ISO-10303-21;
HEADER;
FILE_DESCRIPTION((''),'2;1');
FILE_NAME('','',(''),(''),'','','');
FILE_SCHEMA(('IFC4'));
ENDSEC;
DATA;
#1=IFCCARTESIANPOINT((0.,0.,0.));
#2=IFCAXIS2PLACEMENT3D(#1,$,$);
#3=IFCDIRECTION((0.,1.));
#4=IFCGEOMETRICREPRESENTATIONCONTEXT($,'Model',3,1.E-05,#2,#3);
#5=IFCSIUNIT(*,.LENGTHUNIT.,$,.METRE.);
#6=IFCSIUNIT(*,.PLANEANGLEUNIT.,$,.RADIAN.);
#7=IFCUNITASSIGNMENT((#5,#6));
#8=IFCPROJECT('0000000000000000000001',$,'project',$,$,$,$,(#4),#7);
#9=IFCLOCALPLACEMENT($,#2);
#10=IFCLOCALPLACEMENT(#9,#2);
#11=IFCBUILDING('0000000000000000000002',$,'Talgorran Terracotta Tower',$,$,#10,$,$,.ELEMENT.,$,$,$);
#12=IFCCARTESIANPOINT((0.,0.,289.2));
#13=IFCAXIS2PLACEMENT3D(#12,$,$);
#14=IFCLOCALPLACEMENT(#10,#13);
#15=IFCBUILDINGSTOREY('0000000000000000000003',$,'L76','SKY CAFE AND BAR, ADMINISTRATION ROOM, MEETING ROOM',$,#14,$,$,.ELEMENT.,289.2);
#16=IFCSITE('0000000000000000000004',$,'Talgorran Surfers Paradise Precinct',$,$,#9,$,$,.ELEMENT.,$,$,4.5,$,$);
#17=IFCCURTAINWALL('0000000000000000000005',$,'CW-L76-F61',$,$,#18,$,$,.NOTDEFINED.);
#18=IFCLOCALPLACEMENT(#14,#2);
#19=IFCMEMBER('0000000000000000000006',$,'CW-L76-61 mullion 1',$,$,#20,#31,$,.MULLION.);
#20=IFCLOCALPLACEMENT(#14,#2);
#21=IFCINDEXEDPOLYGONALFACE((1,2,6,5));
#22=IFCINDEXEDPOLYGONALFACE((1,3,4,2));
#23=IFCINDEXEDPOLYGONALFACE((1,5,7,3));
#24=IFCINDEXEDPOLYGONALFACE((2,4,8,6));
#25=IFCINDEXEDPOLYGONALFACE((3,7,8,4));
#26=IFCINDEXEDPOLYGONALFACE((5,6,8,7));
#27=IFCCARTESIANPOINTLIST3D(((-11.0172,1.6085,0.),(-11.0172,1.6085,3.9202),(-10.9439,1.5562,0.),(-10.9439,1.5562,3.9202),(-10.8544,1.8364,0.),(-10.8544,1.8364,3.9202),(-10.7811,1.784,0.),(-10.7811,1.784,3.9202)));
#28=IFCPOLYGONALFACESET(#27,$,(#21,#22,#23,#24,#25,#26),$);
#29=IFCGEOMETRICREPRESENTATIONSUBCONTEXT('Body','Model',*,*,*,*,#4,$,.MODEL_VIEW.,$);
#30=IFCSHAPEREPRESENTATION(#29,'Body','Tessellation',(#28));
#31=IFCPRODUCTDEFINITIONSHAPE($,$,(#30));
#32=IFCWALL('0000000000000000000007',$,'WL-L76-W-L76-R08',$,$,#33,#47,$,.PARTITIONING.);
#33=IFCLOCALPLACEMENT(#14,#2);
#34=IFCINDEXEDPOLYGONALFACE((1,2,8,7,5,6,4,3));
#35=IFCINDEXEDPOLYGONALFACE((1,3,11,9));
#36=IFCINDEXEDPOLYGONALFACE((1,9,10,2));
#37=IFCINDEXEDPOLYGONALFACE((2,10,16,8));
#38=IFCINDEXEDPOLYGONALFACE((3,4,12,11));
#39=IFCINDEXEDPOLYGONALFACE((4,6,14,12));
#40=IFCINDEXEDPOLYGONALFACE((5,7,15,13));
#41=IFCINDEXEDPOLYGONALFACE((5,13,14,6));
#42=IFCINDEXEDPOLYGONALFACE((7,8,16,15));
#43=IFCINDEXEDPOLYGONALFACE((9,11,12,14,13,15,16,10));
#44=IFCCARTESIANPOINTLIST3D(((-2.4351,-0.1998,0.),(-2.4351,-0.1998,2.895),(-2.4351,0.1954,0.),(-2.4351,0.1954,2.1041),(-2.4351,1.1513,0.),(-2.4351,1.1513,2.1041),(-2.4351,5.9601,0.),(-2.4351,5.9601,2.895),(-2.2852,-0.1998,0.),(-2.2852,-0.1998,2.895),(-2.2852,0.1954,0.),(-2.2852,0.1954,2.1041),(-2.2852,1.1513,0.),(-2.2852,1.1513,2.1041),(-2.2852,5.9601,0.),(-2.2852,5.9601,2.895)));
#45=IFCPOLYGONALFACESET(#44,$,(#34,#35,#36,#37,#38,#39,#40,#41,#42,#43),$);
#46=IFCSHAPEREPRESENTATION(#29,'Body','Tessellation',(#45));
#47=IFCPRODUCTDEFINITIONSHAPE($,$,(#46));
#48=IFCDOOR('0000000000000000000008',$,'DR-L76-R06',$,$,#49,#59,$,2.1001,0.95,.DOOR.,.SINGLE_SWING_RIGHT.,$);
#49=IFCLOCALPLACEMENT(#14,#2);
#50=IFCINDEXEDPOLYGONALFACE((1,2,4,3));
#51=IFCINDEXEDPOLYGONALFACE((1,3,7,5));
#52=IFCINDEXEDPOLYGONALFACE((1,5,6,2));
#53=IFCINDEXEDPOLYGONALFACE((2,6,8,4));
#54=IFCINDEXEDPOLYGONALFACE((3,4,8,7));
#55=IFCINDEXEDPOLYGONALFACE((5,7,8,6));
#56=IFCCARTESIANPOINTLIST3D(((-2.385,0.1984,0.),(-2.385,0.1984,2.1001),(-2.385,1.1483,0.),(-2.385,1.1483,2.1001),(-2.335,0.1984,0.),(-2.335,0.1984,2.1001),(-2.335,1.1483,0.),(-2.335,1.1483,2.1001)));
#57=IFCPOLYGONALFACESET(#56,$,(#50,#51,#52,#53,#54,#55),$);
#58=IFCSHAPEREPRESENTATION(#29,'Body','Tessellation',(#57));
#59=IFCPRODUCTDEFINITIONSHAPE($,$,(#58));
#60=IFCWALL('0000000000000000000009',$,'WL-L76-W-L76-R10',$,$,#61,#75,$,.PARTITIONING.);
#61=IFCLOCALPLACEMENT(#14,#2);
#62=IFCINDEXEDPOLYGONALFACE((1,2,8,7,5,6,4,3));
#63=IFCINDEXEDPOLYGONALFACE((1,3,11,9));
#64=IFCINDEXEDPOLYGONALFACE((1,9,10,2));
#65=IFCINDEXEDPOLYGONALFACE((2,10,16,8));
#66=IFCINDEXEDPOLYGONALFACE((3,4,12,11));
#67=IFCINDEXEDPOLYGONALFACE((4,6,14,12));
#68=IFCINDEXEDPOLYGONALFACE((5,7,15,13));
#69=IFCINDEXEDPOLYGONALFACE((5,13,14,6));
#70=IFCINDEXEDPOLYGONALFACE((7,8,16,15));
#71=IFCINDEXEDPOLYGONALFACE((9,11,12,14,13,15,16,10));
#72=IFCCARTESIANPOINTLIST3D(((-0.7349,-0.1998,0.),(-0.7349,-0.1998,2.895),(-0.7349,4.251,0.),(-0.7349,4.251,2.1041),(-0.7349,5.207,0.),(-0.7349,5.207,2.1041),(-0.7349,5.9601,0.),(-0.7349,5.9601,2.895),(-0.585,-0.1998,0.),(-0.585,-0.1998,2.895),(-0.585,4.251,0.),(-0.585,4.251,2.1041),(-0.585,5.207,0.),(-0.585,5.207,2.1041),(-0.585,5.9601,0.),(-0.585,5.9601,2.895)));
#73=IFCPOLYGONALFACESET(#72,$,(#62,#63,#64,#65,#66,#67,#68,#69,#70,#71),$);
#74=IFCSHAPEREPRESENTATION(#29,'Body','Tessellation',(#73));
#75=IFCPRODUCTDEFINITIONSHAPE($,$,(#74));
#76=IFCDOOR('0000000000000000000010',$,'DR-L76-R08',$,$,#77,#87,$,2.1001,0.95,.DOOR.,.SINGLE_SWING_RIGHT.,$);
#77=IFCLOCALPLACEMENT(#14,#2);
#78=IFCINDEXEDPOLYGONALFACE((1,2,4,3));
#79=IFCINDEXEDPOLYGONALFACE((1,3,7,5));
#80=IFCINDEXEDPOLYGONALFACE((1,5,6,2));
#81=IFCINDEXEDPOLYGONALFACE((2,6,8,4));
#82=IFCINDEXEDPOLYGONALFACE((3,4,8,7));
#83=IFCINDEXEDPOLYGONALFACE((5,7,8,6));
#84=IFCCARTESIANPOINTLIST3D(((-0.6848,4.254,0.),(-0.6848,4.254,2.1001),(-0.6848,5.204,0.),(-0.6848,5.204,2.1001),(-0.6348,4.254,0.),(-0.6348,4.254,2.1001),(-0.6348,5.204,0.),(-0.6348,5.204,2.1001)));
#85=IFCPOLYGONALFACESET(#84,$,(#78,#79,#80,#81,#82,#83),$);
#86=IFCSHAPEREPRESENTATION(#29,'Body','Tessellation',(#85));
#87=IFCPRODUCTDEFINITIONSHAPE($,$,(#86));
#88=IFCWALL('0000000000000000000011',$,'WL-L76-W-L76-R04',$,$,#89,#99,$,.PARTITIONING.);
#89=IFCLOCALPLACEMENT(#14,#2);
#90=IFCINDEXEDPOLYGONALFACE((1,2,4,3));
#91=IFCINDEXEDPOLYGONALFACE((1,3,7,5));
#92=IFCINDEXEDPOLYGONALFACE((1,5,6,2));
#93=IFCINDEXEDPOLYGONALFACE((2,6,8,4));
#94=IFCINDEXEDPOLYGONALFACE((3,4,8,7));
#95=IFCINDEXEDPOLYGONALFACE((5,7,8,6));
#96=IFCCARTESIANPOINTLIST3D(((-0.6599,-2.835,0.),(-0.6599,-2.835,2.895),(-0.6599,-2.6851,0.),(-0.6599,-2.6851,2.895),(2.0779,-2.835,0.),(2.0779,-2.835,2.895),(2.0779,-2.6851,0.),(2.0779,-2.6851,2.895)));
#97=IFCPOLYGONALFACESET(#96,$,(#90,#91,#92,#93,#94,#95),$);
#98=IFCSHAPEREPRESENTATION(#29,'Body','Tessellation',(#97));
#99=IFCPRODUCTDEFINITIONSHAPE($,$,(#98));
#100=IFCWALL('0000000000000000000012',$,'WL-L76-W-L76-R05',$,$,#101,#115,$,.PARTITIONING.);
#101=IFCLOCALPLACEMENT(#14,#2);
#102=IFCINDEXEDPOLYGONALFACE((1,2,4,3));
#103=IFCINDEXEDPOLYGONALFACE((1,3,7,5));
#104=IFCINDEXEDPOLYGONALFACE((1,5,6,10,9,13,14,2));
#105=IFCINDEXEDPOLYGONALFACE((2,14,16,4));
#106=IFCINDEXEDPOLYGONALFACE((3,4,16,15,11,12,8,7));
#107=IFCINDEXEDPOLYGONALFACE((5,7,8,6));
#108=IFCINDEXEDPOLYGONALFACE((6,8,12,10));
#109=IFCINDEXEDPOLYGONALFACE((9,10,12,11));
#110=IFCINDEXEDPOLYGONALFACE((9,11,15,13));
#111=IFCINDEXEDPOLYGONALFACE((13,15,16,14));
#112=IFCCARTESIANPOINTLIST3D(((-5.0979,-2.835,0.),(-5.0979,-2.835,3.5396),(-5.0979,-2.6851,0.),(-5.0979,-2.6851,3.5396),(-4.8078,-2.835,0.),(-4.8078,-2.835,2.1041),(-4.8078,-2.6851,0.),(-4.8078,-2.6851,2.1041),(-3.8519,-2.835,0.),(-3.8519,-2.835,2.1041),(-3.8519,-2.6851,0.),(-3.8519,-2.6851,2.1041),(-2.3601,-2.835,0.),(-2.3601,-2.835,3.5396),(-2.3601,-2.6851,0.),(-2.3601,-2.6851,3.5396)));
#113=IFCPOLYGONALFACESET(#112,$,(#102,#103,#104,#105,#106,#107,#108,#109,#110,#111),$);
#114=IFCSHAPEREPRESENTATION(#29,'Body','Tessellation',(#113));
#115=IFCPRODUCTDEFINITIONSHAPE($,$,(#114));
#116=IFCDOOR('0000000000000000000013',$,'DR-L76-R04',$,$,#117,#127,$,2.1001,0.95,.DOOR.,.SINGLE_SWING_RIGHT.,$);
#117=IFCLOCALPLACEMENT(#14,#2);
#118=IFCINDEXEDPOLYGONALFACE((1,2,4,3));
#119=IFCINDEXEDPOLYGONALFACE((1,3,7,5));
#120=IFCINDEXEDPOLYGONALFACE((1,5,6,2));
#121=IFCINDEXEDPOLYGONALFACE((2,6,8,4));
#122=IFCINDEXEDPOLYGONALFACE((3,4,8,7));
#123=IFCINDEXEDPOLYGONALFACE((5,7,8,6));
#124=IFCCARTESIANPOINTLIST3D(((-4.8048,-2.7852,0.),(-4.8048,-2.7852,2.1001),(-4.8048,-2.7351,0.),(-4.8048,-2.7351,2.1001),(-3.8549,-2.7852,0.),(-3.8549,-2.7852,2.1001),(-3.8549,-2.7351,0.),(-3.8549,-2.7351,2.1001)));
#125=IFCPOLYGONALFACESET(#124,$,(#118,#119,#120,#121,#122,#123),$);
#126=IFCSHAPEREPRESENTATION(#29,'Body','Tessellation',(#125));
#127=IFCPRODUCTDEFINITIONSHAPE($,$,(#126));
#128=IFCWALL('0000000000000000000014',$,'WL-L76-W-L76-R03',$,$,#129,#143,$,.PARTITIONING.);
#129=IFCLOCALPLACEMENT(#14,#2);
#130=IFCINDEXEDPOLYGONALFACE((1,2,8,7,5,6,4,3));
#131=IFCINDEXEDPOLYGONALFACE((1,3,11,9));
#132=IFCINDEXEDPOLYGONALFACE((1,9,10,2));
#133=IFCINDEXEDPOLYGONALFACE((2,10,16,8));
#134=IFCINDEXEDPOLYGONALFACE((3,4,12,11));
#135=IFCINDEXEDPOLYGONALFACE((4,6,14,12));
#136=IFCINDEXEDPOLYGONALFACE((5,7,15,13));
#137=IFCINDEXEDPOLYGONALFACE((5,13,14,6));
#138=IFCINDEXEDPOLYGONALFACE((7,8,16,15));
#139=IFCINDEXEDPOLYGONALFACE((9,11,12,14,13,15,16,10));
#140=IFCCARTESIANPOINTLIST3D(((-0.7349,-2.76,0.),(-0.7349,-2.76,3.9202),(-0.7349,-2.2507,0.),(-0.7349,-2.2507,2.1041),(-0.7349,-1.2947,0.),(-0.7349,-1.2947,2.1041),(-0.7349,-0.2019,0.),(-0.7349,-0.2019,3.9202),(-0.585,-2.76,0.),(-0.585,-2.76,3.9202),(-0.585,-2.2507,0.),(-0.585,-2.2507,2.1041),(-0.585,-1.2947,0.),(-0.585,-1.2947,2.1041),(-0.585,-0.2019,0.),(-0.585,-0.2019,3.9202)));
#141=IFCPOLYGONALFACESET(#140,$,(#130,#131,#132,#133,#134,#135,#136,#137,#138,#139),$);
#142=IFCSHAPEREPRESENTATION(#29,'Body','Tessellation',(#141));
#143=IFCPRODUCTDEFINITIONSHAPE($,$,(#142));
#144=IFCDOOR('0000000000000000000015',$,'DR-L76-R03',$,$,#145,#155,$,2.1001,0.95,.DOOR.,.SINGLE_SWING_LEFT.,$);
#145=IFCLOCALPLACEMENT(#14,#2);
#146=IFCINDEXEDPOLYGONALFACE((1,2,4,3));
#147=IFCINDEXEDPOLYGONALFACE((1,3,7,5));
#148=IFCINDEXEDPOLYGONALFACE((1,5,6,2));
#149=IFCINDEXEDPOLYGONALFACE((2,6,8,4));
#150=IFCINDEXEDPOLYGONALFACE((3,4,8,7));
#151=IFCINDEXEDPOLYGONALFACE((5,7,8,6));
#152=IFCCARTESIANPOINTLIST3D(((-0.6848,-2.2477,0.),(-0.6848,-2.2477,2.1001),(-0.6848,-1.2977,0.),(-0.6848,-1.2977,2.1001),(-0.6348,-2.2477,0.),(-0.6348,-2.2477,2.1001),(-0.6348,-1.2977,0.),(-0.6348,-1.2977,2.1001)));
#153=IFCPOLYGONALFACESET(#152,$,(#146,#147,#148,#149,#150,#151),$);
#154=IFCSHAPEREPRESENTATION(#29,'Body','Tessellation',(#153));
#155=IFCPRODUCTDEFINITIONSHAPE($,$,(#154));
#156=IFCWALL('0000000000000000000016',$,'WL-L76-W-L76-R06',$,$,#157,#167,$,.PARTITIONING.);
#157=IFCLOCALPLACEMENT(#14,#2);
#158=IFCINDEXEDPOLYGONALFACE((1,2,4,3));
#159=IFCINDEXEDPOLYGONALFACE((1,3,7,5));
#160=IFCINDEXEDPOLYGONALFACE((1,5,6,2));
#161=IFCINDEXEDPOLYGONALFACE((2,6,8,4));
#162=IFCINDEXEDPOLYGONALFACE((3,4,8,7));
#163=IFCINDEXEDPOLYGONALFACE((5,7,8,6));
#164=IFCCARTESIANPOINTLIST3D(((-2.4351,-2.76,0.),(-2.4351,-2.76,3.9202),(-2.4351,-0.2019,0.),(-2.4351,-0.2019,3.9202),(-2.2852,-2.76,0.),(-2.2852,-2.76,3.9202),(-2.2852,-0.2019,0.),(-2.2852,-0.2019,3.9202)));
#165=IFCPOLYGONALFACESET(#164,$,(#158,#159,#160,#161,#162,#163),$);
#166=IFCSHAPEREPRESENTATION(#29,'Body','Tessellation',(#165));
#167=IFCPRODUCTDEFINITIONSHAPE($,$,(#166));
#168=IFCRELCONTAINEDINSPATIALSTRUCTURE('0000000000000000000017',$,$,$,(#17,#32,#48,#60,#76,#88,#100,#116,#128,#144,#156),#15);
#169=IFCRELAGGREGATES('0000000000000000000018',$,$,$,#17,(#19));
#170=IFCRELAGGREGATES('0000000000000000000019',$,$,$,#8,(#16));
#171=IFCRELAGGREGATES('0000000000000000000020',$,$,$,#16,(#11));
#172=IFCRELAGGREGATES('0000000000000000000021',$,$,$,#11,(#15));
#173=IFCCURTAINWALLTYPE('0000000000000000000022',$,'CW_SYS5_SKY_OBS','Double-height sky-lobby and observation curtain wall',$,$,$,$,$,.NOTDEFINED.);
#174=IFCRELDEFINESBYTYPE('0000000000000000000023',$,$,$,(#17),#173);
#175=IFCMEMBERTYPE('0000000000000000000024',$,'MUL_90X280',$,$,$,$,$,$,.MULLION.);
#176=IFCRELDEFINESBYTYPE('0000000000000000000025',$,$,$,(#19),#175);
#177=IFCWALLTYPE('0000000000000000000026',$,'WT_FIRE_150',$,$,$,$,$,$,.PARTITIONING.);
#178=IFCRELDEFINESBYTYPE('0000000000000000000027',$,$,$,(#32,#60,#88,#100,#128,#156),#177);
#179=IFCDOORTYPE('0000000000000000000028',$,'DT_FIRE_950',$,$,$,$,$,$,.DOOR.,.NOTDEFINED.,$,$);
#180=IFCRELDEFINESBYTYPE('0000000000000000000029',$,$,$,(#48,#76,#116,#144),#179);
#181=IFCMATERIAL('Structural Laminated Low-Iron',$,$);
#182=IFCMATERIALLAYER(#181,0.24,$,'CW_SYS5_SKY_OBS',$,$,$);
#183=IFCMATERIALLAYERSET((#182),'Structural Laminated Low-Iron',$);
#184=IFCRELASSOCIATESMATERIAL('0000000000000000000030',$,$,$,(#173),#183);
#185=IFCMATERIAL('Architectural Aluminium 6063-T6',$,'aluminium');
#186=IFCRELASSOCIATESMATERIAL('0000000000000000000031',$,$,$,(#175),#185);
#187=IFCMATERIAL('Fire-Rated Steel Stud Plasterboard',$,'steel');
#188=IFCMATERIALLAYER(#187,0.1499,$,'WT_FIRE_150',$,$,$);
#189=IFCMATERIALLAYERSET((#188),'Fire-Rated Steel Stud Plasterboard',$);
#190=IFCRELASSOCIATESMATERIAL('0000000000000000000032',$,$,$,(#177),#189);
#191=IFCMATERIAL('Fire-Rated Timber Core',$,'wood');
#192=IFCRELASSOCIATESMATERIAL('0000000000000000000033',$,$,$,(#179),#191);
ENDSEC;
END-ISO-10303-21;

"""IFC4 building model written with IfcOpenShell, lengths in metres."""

from ifc_helpers import new_model, si_unit, direction, frame, frame_2d, origin, origin_2d, place, context, subcontext, project, spatial, rectangle, extrude, material, layer, layer_set, material_profile, profile_set, type_object, element, fill, aggregate, save


model = new_model("IFC4")

# Units and contexts
model_context = context("Model", 3, precision=1e-05, world=origin(), true_north=direction((0.0, 1.0)))
body_context = subcontext(model_context, "Body", "Model", "MODEL_VIEW")
ifc_project = project(units=[si_unit("LENGTHUNIT", "METRE"), si_unit("PLANEANGLEUNIT", "RADIAN")], contexts=[model_context])

# Site, building, storey
site_placement = place(None, origin())
site = spatial("IfcSite", under=ifc_project, at=site_placement, Name="Talgorran Surfers Paradise Precinct", CompositionType="ELEMENT", RefElevation=4.5)
building_placement = place(site_placement, origin())
building = spatial("IfcBuilding", under=site, at=building_placement, Name="Talgorran Terracotta Tower", CompositionType="ELEMENT")
storey_placement = place(building_placement, frame((0.0, 0.0, 289.2)))
storey = spatial("IfcBuildingStorey", under=building, at=storey_placement, Name="L76", Description="SKY CAFE AND BAR, ADMINISTRATION ROOM, MEETING ROOM", CompositionType="ELEMENT", Elevation=289.2)

# Curtain wall, member
ifc_material_1 = material(Name="Structural Laminated Low-Iron")
ifc_layer_1 = layer(ifc_material_1, 0.24, Name="CW_SYS5_SKY_OBS")
ifc_layer_set_1 = layer_set([ifc_layer_1], Name="Structural Laminated Low-Iron")
curtain_wall_type = type_object("IfcCurtainWallType", Name="CW_SYS5_SKY_OBS", Description="Double-height sky-lobby and observation curtain wall", PredefinedType="NOTDEFINED", material=ifc_layer_set_1)
curtain_wall_placement = place(storey_placement, origin())
curtain_wall = element("IfcCurtainWall", 1, at=curtain_wall_placement, inside=storey, type_object=curtain_wall_type, Name="CW-L76-F61", PredefinedType="NOTDEFINED")
ifc_material_2 = material(Name="Architectural Aluminium 6063-T6", Category="aluminium")
ifc_material_profile_1 = material_profile(ifc_material_2, rectangle(XDim=0.0901, YDim=0.28, at=origin_2d()), Name="CWM90X280")
ifc_profile_set_1 = profile_set([ifc_material_profile_1], Name="Architectural Aluminium 6063-T6")
member_type = type_object("IfcMemberType", Name="MUL_90X280", PredefinedType="MULLION", material=ifc_profile_set_1)
member_placement = place(storey_placement, frame((-10.8992, 1.6963, 0.0), z_axis=(0.0, 0.0, 1.0), x_axis=(0.813727, -0.581248, 0.0)))
member = element("IfcMember", 2, at=member_placement, type_object=member_type, Name="CW-L76-61 mullion 1", PredefinedType="MULLION", context=body_context, shape_type="SweptSolid", body=[
    extrude(rectangle(XDim=0.0901, YDim=0.28, at=origin_2d()), origin(), (0.0, 0.0, 1.0), 3.9202),
])
aggregate(curtain_wall, [member])

# Walls, openings, doors
ifc_material_3 = material(Name="Fire-Rated Steel Stud Plasterboard", Category="steel")
ifc_layer_2 = layer(ifc_material_3, 0.1499, Name="WT_FIRE_150")
ifc_layer_set_2 = layer_set([ifc_layer_2], Name="Fire-Rated Steel Stud Plasterboard")
wall_type_1 = type_object("IfcWallType", Name="WT_FIRE_150", PredefinedType="PARTITIONING", material=ifc_layer_set_2)
wall_1_placement = place(storey_placement, frame((-2.3601, -0.2, 0.0), z_axis=(0.0, 0.0, 1.0), x_axis=(0.0, 1.0, 0.0)))
wall_1 = element("IfcWall", 3, at=wall_1_placement, inside=storey, type_object=wall_type_1, Name="WL-L76-W-L76-R08", PredefinedType="PARTITIONING", context=body_context, shape_type="SweptSolid", body=[
    extrude(rectangle(XDim=6.1599, YDim=0.1499, at=frame_2d((3.0801, 0.0))), origin(), (0.0, 0.0, 1.0), 2.895),
])
opening_1_placement = place(wall_1_placement, frame((0.3982, 0.0, 0.0)))
opening_1 = element("IfcOpeningElement", 4, at=opening_1_placement, cuts=wall_1, PredefinedType="OPENING", context=body_context, shape_type="SweptSolid", body=[
    extrude(rectangle(XDim=0.956, YDim=2.1041, at=frame_2d((0.4751, 1.052))), frame((0.0, 0.085, 0.0), z_axis=(0.0, -1.0, 0.0), x_axis=(1.0, 0.0, 0.0)), (0.0, 0.0, 1.0), 0.1699),
])
ifc_material_4 = material(Name="Fire-Rated Timber Core", Category="wood")
door_type = type_object("IfcDoorType", Name="DT_FIRE_950", OperationType="NOTDEFINED", PredefinedType="DOOR", material=ifc_material_4)
door_1_placement = place(opening_1_placement, origin())
door_1 = element("IfcDoor", 5, at=door_1_placement, inside=storey, type_object=door_type, Name="DR-L76-R06", OperationType="SINGLE_SWING_RIGHT", OverallHeight=2.1001, OverallWidth=0.95, PredefinedType="DOOR", context=body_context, shape_type="SweptSolid", body=[
    extrude(rectangle(XDim=0.95, YDim=2.1001, at=frame_2d((0.4751, 1.05))), frame((0.0, 0.0249, 0.0), z_axis=(0.0, -1.0, 0.0), x_axis=(1.0, 0.0, 0.0)), (0.0, 0.0, 1.0), 0.05),
])
fill(opening_1, door_1)
wall_2_placement = place(storey_placement, frame((-0.6599, -0.2, 0.0), z_axis=(0.0, 0.0, 1.0), x_axis=(0.0, 1.0, 0.0)))
wall_2 = element("IfcWall", 6, at=wall_2_placement, inside=storey, type_object=wall_type_1, Name="WL-L76-W-L76-R10", PredefinedType="PARTITIONING", context=body_context, shape_type="SweptSolid", body=[
    extrude(rectangle(XDim=6.1599, YDim=0.1499, at=frame_2d((3.0801, 0.0))), origin(), (0.0, 0.0, 1.0), 2.895),
])
opening_2_placement = place(wall_2_placement, frame((4.4539, 0.0, 0.0)))
opening_2 = element("IfcOpeningElement", 7, at=opening_2_placement, cuts=wall_2, PredefinedType="OPENING", context=body_context, shape_type="SweptSolid", body=[
    extrude(rectangle(XDim=0.956, YDim=2.1041, at=frame_2d((0.4751, 1.052))), frame((0.0, 0.085, 0.0), z_axis=(0.0, -1.0, 0.0), x_axis=(1.0, 0.0, 0.0)), (0.0, 0.0, 1.0), 0.1699),
])
door_2_placement = place(opening_2_placement, origin())
door_2 = element("IfcDoor", 8, at=door_2_placement, inside=storey, type_object=door_type, Name="DR-L76-R08", OperationType="SINGLE_SWING_RIGHT", OverallHeight=2.1001, OverallWidth=0.95, PredefinedType="DOOR", context=body_context, shape_type="SweptSolid", body=[
    extrude(rectangle(XDim=0.95, YDim=2.1001, at=frame_2d((0.4751, 1.05))), frame((0.0, 0.0249, 0.0), z_axis=(0.0, -1.0, 0.0), x_axis=(1.0, 0.0, 0.0)), (0.0, 0.0, 1.0), 0.05),
])
fill(opening_2, door_2)

# Wall
wall_3_placement = place(storey_placement, frame((-0.6599, -2.76, 0.0), z_axis=(0.0, 0.0, 1.0), x_axis=(1.0, 0.0, 0.0)))
element("IfcWall", 9, at=wall_3_placement, inside=storey, type_object=wall_type_1, Name="WL-L76-W-L76-R04", PredefinedType="PARTITIONING", context=body_context, shape_type="SweptSolid", body=[
    extrude(rectangle(XDim=2.7378, YDim=0.1499, at=frame_2d((1.3689, 0.0))), origin(), (0.0, 0.0, 1.0), 2.895),
])

# Walls, openings, doors
wall_4_placement = place(storey_placement, frame((-5.0979, -2.76, 0.0), z_axis=(0.0, 0.0, 1.0), x_axis=(1.0, 0.0, 0.0)))
wall_4 = element("IfcWall", 10, at=wall_4_placement, inside=storey, type_object=wall_type_1, Name="WL-L76-W-L76-R05", PredefinedType="PARTITIONING", context=body_context, shape_type="SweptSolid", body=[
    extrude(rectangle(XDim=2.7378, YDim=0.1499, at=frame_2d((1.3689, 0.0))), origin(), (0.0, 0.0, 1.0), 3.5396),
])
opening_3_placement = place(wall_4_placement, frame((0.293, 0.0, 0.0)))
opening_3 = element("IfcOpeningElement", 11, at=opening_3_placement, cuts=wall_4, PredefinedType="OPENING", context=body_context, shape_type="SweptSolid", body=[
    extrude(rectangle(XDim=0.956, YDim=2.1041, at=frame_2d((0.4751, 1.052))), frame((0.0, 0.085, 0.0), z_axis=(0.0, -1.0, 0.0), x_axis=(1.0, 0.0, 0.0)), (0.0, 0.0, 1.0), 0.1699),
])
door_3_placement = place(opening_3_placement, origin())
door_3 = element("IfcDoor", 12, at=door_3_placement, inside=storey, type_object=door_type, Name="DR-L76-R04", OperationType="SINGLE_SWING_RIGHT", OverallHeight=2.1001, OverallWidth=0.95, PredefinedType="DOOR", context=body_context, shape_type="SweptSolid", body=[
    extrude(rectangle(XDim=0.95, YDim=2.1001, at=frame_2d((0.4751, 1.05))), frame((0.0, 0.0249, 0.0), z_axis=(0.0, -1.0, 0.0), x_axis=(1.0, 0.0, 0.0)), (0.0, 0.0, 1.0), 0.05),
])
fill(opening_3, door_3)
wall_5_placement = place(storey_placement, frame((-0.6599, -2.76, 0.0), z_axis=(0.0, 0.0, 1.0), x_axis=(0.0, 1.0, 0.0)))
wall_5 = element("IfcWall", 13, at=wall_5_placement, inside=storey, type_object=wall_type_1, Name="WL-L76-W-L76-R03", PredefinedType="PARTITIONING", context=body_context, shape_type="SweptSolid", body=[
    extrude(rectangle(XDim=2.5581, YDim=0.1499, at=frame_2d((1.2791, 0.0))), origin(), (0.0, 0.0, 1.0), 3.9202),
])
opening_4_placement = place(wall_5_placement, frame((0.5122, 0.0, 0.0)))
opening_4 = element("IfcOpeningElement", 14, at=opening_4_placement, cuts=wall_5, PredefinedType="OPENING", context=body_context, shape_type="SweptSolid", body=[
    extrude(rectangle(XDim=0.956, YDim=2.1041, at=frame_2d((0.4751, 1.052))), frame((0.0, 0.085, 0.0), z_axis=(0.0, -1.0, 0.0), x_axis=(1.0, 0.0, 0.0)), (0.0, 0.0, 1.0), 0.1699),
])
door_4_placement = place(opening_4_placement, origin())
door_4 = element("IfcDoor", 15, at=door_4_placement, inside=storey, type_object=door_type, Name="DR-L76-R03", OperationType="SINGLE_SWING_LEFT", OverallHeight=2.1001, OverallWidth=0.95, PredefinedType="DOOR", context=body_context, shape_type="SweptSolid", body=[
    extrude(rectangle(XDim=0.95, YDim=2.1001, at=frame_2d((0.4751, 1.05))), frame((0.0, 0.0249, 0.0), z_axis=(0.0, -1.0, 0.0), x_axis=(1.0, 0.0, 0.0)), (0.0, 0.0, 1.0), 0.05),
])
fill(opening_4, door_4)

# Wall
wall_6_placement = place(storey_placement, frame((-2.3601, -2.76, 0.0), z_axis=(0.0, 0.0, 1.0), x_axis=(0.0, 1.0, 0.0)))
element("IfcWall", 16, at=wall_6_placement, inside=storey, type_object=wall_type_1, Name="WL-L76-W-L76-R06", PredefinedType="PARTITIONING", context=body_context, shape_type="SweptSolid", body=[
    extrude(rectangle(XDim=2.5581, YDim=0.1499, at=frame_2d((1.2791, 0.0))), origin(), (0.0, 0.0, 1.0), 3.9202),
])

save(model, "model.ifc")
